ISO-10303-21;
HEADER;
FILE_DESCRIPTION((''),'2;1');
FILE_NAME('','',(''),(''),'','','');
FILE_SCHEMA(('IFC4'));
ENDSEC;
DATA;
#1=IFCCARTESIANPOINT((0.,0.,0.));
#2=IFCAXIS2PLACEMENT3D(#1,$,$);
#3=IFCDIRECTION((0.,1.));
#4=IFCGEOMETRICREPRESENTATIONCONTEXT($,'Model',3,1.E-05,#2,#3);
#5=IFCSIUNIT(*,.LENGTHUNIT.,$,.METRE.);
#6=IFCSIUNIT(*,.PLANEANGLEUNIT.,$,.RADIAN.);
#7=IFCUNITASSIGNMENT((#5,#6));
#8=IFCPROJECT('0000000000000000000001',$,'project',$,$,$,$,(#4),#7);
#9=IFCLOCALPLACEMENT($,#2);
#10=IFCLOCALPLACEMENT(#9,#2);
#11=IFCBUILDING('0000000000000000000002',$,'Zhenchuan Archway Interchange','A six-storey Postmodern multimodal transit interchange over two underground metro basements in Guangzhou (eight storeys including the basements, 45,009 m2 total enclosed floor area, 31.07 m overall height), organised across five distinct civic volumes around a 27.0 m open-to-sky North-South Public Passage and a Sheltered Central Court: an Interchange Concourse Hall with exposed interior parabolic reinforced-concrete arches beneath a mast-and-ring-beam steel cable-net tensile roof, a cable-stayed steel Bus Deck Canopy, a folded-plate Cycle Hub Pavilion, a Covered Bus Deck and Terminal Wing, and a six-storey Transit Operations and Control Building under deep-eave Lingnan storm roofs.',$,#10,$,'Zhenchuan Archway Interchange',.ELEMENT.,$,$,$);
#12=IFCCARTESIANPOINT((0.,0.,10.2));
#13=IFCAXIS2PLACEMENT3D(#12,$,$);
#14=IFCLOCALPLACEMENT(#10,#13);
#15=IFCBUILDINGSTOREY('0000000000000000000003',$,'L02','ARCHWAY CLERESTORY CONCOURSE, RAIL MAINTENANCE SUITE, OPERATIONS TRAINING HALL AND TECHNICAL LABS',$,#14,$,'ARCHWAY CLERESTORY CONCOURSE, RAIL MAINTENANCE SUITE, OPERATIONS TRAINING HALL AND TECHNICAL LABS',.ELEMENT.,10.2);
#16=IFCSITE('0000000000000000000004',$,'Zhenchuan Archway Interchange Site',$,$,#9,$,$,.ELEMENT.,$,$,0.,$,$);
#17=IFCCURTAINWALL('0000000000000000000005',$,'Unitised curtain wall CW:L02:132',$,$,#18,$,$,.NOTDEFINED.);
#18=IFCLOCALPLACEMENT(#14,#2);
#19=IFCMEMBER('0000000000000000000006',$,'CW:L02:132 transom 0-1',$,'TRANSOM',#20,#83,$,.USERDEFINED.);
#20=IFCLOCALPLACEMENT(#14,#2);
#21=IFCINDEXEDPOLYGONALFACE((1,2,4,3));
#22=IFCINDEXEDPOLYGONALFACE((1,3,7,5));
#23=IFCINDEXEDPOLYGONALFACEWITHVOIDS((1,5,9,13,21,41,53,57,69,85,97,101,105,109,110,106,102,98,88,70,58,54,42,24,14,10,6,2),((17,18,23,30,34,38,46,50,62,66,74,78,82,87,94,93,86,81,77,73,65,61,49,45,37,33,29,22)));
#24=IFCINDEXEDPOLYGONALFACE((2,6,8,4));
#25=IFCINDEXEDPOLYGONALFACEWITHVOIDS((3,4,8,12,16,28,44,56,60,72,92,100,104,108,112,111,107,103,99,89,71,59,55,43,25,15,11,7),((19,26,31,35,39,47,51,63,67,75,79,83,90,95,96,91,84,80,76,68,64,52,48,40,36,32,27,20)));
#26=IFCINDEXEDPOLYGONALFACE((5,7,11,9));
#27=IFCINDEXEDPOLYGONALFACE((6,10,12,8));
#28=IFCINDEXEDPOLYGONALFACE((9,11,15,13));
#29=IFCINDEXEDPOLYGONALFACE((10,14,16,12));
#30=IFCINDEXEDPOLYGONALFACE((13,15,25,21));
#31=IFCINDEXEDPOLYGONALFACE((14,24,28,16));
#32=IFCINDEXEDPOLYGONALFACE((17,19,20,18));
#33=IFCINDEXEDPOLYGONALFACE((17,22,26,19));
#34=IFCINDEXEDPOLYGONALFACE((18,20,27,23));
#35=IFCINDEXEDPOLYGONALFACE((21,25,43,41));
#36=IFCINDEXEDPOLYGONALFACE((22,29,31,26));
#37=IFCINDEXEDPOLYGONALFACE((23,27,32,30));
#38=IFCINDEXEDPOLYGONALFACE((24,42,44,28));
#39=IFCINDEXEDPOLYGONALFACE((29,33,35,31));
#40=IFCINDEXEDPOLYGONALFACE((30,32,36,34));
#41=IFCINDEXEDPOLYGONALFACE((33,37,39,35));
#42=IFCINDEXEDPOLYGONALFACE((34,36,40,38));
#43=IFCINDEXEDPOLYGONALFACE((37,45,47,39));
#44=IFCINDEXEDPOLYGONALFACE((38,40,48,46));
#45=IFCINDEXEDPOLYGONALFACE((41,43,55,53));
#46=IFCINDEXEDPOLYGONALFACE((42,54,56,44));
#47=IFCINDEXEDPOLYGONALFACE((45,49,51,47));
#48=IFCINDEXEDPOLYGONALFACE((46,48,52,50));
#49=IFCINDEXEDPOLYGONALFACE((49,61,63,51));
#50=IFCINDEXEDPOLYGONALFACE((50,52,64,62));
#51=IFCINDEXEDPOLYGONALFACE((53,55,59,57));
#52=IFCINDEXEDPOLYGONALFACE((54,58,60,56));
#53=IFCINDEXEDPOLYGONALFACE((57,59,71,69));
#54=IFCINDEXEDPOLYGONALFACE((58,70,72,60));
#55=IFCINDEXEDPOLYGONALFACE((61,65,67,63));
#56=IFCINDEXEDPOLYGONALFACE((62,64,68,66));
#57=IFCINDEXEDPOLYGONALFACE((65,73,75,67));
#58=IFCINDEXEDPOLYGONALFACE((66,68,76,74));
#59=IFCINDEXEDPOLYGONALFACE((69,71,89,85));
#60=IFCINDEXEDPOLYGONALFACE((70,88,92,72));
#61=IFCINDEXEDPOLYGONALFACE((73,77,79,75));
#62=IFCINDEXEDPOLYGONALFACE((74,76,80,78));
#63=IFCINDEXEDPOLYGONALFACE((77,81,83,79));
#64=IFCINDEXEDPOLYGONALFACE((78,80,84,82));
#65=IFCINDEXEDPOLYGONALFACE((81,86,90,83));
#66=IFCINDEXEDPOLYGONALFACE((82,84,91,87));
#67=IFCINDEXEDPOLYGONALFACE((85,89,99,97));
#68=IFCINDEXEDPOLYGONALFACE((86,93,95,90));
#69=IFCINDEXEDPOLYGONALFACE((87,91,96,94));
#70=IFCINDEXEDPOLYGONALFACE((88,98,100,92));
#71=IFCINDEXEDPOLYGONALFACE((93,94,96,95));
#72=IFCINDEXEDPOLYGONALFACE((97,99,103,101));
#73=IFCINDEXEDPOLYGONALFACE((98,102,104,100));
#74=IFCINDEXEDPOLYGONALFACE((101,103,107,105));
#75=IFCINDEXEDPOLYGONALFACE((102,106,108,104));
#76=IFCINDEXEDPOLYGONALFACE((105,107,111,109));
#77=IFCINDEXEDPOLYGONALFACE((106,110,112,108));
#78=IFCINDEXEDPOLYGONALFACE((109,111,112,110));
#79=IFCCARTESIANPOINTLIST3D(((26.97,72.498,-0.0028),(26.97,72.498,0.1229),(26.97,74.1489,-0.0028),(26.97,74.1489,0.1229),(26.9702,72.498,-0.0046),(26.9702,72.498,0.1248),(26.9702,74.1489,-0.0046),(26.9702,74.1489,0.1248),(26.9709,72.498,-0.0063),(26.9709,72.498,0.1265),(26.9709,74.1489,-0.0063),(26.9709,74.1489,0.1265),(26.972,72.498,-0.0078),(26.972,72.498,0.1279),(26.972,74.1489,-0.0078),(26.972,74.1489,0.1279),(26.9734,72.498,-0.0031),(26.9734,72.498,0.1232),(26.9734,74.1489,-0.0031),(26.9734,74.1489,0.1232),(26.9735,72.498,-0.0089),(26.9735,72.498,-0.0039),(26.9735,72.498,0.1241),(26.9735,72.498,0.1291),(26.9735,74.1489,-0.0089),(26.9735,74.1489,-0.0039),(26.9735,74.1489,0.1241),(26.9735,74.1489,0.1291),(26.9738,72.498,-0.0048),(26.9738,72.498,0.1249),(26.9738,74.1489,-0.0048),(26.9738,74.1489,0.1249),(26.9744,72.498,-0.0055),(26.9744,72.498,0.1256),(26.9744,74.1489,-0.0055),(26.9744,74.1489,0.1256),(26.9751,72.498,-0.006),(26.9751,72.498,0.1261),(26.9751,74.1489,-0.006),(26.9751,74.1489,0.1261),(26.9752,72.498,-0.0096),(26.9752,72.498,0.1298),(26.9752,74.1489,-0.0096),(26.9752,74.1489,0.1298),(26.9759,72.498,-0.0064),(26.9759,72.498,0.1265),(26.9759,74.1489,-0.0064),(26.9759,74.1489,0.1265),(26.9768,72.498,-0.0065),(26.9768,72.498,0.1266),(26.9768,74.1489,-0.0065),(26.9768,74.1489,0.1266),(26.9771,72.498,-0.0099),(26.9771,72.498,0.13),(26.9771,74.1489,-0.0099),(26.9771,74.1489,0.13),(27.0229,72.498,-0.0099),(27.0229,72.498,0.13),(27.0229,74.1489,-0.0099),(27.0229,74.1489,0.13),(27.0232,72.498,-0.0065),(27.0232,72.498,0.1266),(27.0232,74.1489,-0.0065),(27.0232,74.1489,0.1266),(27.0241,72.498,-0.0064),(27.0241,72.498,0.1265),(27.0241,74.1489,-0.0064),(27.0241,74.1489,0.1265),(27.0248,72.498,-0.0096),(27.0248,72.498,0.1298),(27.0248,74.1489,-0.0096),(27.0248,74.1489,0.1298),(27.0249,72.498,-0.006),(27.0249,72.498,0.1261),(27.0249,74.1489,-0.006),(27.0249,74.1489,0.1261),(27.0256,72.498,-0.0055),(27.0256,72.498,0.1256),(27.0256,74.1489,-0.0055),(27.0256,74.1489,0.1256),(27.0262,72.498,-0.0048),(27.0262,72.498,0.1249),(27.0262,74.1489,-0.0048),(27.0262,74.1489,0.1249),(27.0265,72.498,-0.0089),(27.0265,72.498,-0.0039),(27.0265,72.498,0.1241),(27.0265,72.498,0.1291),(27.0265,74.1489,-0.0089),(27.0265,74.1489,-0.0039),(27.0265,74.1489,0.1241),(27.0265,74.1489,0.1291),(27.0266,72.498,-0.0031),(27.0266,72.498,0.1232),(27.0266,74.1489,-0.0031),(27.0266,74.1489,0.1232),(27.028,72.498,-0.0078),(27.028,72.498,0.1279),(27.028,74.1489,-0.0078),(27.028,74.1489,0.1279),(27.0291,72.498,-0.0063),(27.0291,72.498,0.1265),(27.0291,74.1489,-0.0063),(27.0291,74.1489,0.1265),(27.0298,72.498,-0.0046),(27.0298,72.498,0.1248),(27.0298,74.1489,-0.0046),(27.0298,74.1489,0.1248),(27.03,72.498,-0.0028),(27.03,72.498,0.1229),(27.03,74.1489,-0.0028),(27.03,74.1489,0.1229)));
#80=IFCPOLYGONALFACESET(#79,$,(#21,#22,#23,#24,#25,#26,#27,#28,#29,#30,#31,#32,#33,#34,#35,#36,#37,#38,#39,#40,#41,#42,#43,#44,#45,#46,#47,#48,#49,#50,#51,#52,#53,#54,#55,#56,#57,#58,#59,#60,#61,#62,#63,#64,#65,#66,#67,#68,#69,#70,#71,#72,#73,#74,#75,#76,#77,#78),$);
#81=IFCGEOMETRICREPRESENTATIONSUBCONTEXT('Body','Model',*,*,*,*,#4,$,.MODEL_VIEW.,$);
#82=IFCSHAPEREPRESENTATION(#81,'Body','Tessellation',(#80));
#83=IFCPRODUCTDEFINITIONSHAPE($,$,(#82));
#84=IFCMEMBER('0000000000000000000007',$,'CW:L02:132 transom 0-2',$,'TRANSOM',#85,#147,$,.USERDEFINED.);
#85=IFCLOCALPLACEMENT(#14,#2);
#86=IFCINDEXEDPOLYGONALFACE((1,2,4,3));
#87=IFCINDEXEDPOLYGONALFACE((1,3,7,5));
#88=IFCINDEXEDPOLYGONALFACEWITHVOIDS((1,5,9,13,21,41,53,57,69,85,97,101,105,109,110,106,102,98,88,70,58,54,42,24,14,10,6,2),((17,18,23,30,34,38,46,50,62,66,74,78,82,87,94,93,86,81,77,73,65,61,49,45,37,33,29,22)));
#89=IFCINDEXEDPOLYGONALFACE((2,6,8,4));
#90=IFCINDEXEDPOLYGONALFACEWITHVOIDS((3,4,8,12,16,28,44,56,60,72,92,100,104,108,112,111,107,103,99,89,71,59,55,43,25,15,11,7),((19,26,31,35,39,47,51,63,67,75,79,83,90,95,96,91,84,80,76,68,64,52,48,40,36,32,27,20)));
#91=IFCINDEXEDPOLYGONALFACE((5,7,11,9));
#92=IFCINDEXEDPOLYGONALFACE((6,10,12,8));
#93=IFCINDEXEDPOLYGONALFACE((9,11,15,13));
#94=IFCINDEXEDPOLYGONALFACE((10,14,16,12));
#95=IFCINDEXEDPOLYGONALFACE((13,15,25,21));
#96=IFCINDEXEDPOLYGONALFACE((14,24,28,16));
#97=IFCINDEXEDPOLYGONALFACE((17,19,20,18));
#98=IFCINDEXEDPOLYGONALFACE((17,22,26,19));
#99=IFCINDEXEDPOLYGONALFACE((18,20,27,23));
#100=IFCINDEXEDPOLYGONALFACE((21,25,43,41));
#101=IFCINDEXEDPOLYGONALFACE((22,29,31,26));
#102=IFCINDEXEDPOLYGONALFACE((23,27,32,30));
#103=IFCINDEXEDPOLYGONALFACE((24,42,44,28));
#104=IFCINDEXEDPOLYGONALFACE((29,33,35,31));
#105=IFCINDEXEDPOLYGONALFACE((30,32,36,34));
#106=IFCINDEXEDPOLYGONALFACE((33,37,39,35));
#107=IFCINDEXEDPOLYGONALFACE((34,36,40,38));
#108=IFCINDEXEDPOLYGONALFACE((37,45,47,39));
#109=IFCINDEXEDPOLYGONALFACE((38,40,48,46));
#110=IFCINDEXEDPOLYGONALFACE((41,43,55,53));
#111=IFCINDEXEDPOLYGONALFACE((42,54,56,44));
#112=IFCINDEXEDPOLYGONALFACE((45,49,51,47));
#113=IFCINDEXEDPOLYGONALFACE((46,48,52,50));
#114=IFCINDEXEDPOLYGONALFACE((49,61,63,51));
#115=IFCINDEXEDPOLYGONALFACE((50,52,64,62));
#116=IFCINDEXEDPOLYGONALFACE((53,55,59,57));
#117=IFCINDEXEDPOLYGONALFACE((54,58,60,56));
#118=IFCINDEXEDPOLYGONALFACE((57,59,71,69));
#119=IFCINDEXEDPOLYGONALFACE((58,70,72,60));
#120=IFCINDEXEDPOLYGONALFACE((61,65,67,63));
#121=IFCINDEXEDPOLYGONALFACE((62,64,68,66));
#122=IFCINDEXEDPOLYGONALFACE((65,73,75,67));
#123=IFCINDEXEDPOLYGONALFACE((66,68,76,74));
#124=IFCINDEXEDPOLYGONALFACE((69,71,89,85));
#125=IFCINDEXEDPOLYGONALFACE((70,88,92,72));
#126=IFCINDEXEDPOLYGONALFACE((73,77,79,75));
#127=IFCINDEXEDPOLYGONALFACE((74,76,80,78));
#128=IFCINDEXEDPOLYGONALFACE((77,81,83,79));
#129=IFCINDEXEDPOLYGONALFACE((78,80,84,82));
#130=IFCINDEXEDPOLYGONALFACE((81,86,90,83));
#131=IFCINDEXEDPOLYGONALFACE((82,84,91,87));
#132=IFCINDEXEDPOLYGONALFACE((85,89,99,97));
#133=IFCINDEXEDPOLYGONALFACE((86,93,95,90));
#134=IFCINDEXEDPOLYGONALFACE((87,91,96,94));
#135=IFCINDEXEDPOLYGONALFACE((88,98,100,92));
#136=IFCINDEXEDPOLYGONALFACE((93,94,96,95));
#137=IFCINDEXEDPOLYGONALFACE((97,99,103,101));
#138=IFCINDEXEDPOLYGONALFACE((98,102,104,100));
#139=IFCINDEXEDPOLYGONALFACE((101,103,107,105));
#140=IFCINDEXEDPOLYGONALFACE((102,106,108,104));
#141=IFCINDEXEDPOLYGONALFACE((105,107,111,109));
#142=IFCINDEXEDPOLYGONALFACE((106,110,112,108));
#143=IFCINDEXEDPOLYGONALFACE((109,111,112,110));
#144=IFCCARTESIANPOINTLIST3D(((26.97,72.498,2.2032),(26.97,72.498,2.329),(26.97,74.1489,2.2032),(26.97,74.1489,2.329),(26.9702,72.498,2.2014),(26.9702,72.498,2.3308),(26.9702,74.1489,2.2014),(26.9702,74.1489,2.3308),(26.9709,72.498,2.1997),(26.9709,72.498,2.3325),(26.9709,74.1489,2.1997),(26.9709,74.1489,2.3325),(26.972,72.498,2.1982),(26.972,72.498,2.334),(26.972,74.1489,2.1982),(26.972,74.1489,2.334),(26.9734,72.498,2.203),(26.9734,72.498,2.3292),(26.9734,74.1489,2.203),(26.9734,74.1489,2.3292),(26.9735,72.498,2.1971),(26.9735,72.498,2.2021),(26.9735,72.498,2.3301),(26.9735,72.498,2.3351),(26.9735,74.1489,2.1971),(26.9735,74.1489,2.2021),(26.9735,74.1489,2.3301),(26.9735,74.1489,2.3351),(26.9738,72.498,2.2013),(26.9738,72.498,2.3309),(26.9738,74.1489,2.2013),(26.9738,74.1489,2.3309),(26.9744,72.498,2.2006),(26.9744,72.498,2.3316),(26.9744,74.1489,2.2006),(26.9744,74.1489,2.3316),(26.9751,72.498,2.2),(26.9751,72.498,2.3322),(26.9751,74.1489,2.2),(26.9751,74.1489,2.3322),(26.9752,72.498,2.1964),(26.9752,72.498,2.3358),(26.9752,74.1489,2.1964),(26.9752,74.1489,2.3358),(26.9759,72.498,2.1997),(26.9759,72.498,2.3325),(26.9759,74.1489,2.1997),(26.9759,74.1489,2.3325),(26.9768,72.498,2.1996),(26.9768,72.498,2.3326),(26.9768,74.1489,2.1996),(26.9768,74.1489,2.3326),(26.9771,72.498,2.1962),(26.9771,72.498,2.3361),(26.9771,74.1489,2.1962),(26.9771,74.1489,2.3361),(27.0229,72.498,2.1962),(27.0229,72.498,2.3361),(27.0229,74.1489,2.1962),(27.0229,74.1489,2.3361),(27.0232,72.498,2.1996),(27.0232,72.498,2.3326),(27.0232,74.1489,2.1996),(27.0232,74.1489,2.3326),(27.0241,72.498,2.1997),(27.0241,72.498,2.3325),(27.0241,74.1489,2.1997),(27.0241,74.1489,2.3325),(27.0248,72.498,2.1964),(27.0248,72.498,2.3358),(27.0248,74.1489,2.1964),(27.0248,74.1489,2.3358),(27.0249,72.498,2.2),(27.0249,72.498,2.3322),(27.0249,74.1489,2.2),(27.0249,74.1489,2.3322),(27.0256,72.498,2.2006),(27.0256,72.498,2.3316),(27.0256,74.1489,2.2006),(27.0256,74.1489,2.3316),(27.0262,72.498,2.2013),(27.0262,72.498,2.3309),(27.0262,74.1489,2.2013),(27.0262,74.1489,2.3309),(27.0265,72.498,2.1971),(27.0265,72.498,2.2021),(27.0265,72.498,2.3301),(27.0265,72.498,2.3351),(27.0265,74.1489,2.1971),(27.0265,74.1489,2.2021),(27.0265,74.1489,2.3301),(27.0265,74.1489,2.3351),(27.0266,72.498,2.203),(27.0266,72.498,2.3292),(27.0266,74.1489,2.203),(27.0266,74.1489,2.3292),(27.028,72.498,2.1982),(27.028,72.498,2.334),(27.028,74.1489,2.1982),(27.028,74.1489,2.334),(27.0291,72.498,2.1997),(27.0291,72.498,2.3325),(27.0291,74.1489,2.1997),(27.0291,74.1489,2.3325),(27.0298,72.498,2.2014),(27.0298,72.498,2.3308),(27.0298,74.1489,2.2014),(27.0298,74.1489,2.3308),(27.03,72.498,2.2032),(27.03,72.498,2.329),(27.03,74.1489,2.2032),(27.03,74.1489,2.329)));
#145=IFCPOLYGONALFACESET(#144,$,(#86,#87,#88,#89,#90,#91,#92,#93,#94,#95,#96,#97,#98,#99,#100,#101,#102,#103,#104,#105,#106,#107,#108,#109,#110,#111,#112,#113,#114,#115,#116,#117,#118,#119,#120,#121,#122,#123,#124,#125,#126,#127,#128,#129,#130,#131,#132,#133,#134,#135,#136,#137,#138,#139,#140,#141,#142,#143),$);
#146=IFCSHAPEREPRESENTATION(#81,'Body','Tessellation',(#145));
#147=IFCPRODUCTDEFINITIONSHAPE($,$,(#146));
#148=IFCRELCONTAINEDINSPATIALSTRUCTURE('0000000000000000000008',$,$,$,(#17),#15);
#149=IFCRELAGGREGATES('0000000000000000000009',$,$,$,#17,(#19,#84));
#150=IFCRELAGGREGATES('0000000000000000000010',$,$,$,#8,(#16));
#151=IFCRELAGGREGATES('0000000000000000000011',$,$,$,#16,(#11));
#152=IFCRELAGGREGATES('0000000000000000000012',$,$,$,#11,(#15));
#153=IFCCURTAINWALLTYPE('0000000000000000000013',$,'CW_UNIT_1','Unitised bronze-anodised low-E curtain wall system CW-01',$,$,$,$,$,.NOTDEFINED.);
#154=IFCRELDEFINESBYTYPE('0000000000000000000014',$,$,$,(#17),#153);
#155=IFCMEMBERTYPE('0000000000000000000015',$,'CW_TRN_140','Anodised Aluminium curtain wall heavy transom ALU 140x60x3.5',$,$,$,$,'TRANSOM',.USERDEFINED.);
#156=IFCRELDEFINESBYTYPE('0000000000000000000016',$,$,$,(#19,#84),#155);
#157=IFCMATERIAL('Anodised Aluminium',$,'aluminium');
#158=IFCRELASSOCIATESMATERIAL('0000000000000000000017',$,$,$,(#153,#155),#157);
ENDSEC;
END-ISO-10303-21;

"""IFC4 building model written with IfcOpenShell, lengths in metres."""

from ifc_helpers import new_model, si_unit, direction, frame, origin, origin_2d, place, context, subcontext, project, spatial, hollow_rectangle, extrude, material, material_profile, profile_set, type_object, element, aggregate, save


model = new_model("IFC4")

# Units and contexts
model_context = context("Model", 3, precision=1e-05, world=origin(), true_north=direction((0.0, 1.0)))
body_context = subcontext(model_context, "Body", "Model", "MODEL_VIEW")
ifc_project = project(units=[si_unit("LENGTHUNIT", "METRE"), si_unit("PLANEANGLEUNIT", "RADIAN")], contexts=[model_context])

# Site, building, storey
site_placement = place(None, origin())
site = spatial("IfcSite", under=ifc_project, at=site_placement, Name="Zhenchuan Archway Interchange Site", CompositionType="ELEMENT", RefElevation=0.0)
building_placement = place(site_placement, origin())
building = spatial("IfcBuilding", under=site, at=building_placement, Name="Zhenchuan Archway Interchange", Description="A six-storey Postmodern multimodal transit interchange over two underground metro basements in Guangzhou (eight storeys including the basements, 45,009 m2 total enclosed floor area, 31.07 m overall height), organised across five distinct civic volumes around a 27.0 m open-to-sky North-South Public Passage and a Sheltered Central Court: an Interchange Concourse Hall with exposed interior parabolic reinforced-concrete arches beneath a mast-and-ring-beam steel cable-net tensile roof, a cable-stayed steel Bus Deck Canopy, a folded-plate Cycle Hub Pavilion, a Covered Bus Deck and Terminal Wing, and a six-storey Transit Operations and Control Building under deep-eave Lingnan storm roofs.", LongName="Zhenchuan Archway Interchange", CompositionType="ELEMENT")
storey_placement = place(building_placement, frame((0.0, 0.0, 10.2)))
storey = spatial("IfcBuildingStorey", under=building, at=storey_placement, Name="L02", Description="ARCHWAY CLERESTORY CONCOURSE, RAIL MAINTENANCE SUITE, OPERATIONS TRAINING HALL AND TECHNICAL LABS", LongName="ARCHWAY CLERESTORY CONCOURSE, RAIL MAINTENANCE SUITE, OPERATIONS TRAINING HALL AND TECHNICAL LABS", CompositionType="ELEMENT", Elevation=10.2)

# Curtain wall, members
ifc_material_1 = material(Name="Anodised Aluminium", Category="aluminium")
curtain_wall_type = type_object("IfcCurtainWallType", Name="CW_UNIT_1", Description="Unitised bronze-anodised low-E curtain wall system CW-01", PredefinedType="NOTDEFINED", material=ifc_material_1)
curtain_wall_placement = place(storey_placement, origin())
curtain_wall = element("IfcCurtainWall", 1, at=curtain_wall_placement, inside=storey, type_object=curtain_wall_type, Name="Unitised curtain wall CW:L02:132", PredefinedType="NOTDEFINED")
ifc_material_profile_1 = material_profile(ifc_material_1, hollow_rectangle(XDim=0.0601, YDim=0.1399, WallThickness=0.0034, InnerFilletRadius=0.0034, OuterFilletRadius=0.0071, at=origin_2d()), Name="ALU 140x60x3.5")
ifc_profile_set_1 = profile_set([ifc_material_profile_1], Name="Anodised Aluminium")
member_type_1 = type_object("IfcMemberType", Name="CW_TRN_140", Description="Anodised Aluminium curtain wall heavy transom ALU 140x60x3.5", ElementType="TRANSOM", PredefinedType="USERDEFINED", material=ifc_profile_set_1)
member_1_placement = place(storey_placement, frame((27.0, 72.498, 0.0601), z_axis=(0.0, 1.0, 0.0), x_axis=(-1.0, 0.0, 0.0)))
member_1 = element("IfcMember", 2, at=member_1_placement, type_object=member_type_1, Name="CW:L02:132 transom 0-1", ObjectType="TRANSOM", PredefinedType="USERDEFINED", context=body_context, shape_type="SweptSolid", body=[
    extrude(hollow_rectangle(XDim=0.0601, YDim=0.1399, WallThickness=0.0034, InnerFilletRadius=0.0034, OuterFilletRadius=0.0071, at=origin_2d()), origin(), (0.0, 0.0, 1.0), 1.6509),
])
member_2_placement = place(storey_placement, frame((27.0, 72.498, 2.2661), z_axis=(0.0, 1.0, 0.0), x_axis=(-1.0, 0.0, 0.0)))
member_2 = element("IfcMember", 3, at=member_2_placement, type_object=member_type_1, Name="CW:L02:132 transom 0-2", ObjectType="TRANSOM", PredefinedType="USERDEFINED", context=body_context, shape_type="SweptSolid", body=[
    extrude(hollow_rectangle(XDim=0.0601, YDim=0.1399, WallThickness=0.0034, InnerFilletRadius=0.0034, OuterFilletRadius=0.0071, at=origin_2d()), origin(), (0.0, 0.0, 1.0), 1.6509),
])

aggregate(curtain_wall, [member_1, member_2])

save(model, "model.ifc")
